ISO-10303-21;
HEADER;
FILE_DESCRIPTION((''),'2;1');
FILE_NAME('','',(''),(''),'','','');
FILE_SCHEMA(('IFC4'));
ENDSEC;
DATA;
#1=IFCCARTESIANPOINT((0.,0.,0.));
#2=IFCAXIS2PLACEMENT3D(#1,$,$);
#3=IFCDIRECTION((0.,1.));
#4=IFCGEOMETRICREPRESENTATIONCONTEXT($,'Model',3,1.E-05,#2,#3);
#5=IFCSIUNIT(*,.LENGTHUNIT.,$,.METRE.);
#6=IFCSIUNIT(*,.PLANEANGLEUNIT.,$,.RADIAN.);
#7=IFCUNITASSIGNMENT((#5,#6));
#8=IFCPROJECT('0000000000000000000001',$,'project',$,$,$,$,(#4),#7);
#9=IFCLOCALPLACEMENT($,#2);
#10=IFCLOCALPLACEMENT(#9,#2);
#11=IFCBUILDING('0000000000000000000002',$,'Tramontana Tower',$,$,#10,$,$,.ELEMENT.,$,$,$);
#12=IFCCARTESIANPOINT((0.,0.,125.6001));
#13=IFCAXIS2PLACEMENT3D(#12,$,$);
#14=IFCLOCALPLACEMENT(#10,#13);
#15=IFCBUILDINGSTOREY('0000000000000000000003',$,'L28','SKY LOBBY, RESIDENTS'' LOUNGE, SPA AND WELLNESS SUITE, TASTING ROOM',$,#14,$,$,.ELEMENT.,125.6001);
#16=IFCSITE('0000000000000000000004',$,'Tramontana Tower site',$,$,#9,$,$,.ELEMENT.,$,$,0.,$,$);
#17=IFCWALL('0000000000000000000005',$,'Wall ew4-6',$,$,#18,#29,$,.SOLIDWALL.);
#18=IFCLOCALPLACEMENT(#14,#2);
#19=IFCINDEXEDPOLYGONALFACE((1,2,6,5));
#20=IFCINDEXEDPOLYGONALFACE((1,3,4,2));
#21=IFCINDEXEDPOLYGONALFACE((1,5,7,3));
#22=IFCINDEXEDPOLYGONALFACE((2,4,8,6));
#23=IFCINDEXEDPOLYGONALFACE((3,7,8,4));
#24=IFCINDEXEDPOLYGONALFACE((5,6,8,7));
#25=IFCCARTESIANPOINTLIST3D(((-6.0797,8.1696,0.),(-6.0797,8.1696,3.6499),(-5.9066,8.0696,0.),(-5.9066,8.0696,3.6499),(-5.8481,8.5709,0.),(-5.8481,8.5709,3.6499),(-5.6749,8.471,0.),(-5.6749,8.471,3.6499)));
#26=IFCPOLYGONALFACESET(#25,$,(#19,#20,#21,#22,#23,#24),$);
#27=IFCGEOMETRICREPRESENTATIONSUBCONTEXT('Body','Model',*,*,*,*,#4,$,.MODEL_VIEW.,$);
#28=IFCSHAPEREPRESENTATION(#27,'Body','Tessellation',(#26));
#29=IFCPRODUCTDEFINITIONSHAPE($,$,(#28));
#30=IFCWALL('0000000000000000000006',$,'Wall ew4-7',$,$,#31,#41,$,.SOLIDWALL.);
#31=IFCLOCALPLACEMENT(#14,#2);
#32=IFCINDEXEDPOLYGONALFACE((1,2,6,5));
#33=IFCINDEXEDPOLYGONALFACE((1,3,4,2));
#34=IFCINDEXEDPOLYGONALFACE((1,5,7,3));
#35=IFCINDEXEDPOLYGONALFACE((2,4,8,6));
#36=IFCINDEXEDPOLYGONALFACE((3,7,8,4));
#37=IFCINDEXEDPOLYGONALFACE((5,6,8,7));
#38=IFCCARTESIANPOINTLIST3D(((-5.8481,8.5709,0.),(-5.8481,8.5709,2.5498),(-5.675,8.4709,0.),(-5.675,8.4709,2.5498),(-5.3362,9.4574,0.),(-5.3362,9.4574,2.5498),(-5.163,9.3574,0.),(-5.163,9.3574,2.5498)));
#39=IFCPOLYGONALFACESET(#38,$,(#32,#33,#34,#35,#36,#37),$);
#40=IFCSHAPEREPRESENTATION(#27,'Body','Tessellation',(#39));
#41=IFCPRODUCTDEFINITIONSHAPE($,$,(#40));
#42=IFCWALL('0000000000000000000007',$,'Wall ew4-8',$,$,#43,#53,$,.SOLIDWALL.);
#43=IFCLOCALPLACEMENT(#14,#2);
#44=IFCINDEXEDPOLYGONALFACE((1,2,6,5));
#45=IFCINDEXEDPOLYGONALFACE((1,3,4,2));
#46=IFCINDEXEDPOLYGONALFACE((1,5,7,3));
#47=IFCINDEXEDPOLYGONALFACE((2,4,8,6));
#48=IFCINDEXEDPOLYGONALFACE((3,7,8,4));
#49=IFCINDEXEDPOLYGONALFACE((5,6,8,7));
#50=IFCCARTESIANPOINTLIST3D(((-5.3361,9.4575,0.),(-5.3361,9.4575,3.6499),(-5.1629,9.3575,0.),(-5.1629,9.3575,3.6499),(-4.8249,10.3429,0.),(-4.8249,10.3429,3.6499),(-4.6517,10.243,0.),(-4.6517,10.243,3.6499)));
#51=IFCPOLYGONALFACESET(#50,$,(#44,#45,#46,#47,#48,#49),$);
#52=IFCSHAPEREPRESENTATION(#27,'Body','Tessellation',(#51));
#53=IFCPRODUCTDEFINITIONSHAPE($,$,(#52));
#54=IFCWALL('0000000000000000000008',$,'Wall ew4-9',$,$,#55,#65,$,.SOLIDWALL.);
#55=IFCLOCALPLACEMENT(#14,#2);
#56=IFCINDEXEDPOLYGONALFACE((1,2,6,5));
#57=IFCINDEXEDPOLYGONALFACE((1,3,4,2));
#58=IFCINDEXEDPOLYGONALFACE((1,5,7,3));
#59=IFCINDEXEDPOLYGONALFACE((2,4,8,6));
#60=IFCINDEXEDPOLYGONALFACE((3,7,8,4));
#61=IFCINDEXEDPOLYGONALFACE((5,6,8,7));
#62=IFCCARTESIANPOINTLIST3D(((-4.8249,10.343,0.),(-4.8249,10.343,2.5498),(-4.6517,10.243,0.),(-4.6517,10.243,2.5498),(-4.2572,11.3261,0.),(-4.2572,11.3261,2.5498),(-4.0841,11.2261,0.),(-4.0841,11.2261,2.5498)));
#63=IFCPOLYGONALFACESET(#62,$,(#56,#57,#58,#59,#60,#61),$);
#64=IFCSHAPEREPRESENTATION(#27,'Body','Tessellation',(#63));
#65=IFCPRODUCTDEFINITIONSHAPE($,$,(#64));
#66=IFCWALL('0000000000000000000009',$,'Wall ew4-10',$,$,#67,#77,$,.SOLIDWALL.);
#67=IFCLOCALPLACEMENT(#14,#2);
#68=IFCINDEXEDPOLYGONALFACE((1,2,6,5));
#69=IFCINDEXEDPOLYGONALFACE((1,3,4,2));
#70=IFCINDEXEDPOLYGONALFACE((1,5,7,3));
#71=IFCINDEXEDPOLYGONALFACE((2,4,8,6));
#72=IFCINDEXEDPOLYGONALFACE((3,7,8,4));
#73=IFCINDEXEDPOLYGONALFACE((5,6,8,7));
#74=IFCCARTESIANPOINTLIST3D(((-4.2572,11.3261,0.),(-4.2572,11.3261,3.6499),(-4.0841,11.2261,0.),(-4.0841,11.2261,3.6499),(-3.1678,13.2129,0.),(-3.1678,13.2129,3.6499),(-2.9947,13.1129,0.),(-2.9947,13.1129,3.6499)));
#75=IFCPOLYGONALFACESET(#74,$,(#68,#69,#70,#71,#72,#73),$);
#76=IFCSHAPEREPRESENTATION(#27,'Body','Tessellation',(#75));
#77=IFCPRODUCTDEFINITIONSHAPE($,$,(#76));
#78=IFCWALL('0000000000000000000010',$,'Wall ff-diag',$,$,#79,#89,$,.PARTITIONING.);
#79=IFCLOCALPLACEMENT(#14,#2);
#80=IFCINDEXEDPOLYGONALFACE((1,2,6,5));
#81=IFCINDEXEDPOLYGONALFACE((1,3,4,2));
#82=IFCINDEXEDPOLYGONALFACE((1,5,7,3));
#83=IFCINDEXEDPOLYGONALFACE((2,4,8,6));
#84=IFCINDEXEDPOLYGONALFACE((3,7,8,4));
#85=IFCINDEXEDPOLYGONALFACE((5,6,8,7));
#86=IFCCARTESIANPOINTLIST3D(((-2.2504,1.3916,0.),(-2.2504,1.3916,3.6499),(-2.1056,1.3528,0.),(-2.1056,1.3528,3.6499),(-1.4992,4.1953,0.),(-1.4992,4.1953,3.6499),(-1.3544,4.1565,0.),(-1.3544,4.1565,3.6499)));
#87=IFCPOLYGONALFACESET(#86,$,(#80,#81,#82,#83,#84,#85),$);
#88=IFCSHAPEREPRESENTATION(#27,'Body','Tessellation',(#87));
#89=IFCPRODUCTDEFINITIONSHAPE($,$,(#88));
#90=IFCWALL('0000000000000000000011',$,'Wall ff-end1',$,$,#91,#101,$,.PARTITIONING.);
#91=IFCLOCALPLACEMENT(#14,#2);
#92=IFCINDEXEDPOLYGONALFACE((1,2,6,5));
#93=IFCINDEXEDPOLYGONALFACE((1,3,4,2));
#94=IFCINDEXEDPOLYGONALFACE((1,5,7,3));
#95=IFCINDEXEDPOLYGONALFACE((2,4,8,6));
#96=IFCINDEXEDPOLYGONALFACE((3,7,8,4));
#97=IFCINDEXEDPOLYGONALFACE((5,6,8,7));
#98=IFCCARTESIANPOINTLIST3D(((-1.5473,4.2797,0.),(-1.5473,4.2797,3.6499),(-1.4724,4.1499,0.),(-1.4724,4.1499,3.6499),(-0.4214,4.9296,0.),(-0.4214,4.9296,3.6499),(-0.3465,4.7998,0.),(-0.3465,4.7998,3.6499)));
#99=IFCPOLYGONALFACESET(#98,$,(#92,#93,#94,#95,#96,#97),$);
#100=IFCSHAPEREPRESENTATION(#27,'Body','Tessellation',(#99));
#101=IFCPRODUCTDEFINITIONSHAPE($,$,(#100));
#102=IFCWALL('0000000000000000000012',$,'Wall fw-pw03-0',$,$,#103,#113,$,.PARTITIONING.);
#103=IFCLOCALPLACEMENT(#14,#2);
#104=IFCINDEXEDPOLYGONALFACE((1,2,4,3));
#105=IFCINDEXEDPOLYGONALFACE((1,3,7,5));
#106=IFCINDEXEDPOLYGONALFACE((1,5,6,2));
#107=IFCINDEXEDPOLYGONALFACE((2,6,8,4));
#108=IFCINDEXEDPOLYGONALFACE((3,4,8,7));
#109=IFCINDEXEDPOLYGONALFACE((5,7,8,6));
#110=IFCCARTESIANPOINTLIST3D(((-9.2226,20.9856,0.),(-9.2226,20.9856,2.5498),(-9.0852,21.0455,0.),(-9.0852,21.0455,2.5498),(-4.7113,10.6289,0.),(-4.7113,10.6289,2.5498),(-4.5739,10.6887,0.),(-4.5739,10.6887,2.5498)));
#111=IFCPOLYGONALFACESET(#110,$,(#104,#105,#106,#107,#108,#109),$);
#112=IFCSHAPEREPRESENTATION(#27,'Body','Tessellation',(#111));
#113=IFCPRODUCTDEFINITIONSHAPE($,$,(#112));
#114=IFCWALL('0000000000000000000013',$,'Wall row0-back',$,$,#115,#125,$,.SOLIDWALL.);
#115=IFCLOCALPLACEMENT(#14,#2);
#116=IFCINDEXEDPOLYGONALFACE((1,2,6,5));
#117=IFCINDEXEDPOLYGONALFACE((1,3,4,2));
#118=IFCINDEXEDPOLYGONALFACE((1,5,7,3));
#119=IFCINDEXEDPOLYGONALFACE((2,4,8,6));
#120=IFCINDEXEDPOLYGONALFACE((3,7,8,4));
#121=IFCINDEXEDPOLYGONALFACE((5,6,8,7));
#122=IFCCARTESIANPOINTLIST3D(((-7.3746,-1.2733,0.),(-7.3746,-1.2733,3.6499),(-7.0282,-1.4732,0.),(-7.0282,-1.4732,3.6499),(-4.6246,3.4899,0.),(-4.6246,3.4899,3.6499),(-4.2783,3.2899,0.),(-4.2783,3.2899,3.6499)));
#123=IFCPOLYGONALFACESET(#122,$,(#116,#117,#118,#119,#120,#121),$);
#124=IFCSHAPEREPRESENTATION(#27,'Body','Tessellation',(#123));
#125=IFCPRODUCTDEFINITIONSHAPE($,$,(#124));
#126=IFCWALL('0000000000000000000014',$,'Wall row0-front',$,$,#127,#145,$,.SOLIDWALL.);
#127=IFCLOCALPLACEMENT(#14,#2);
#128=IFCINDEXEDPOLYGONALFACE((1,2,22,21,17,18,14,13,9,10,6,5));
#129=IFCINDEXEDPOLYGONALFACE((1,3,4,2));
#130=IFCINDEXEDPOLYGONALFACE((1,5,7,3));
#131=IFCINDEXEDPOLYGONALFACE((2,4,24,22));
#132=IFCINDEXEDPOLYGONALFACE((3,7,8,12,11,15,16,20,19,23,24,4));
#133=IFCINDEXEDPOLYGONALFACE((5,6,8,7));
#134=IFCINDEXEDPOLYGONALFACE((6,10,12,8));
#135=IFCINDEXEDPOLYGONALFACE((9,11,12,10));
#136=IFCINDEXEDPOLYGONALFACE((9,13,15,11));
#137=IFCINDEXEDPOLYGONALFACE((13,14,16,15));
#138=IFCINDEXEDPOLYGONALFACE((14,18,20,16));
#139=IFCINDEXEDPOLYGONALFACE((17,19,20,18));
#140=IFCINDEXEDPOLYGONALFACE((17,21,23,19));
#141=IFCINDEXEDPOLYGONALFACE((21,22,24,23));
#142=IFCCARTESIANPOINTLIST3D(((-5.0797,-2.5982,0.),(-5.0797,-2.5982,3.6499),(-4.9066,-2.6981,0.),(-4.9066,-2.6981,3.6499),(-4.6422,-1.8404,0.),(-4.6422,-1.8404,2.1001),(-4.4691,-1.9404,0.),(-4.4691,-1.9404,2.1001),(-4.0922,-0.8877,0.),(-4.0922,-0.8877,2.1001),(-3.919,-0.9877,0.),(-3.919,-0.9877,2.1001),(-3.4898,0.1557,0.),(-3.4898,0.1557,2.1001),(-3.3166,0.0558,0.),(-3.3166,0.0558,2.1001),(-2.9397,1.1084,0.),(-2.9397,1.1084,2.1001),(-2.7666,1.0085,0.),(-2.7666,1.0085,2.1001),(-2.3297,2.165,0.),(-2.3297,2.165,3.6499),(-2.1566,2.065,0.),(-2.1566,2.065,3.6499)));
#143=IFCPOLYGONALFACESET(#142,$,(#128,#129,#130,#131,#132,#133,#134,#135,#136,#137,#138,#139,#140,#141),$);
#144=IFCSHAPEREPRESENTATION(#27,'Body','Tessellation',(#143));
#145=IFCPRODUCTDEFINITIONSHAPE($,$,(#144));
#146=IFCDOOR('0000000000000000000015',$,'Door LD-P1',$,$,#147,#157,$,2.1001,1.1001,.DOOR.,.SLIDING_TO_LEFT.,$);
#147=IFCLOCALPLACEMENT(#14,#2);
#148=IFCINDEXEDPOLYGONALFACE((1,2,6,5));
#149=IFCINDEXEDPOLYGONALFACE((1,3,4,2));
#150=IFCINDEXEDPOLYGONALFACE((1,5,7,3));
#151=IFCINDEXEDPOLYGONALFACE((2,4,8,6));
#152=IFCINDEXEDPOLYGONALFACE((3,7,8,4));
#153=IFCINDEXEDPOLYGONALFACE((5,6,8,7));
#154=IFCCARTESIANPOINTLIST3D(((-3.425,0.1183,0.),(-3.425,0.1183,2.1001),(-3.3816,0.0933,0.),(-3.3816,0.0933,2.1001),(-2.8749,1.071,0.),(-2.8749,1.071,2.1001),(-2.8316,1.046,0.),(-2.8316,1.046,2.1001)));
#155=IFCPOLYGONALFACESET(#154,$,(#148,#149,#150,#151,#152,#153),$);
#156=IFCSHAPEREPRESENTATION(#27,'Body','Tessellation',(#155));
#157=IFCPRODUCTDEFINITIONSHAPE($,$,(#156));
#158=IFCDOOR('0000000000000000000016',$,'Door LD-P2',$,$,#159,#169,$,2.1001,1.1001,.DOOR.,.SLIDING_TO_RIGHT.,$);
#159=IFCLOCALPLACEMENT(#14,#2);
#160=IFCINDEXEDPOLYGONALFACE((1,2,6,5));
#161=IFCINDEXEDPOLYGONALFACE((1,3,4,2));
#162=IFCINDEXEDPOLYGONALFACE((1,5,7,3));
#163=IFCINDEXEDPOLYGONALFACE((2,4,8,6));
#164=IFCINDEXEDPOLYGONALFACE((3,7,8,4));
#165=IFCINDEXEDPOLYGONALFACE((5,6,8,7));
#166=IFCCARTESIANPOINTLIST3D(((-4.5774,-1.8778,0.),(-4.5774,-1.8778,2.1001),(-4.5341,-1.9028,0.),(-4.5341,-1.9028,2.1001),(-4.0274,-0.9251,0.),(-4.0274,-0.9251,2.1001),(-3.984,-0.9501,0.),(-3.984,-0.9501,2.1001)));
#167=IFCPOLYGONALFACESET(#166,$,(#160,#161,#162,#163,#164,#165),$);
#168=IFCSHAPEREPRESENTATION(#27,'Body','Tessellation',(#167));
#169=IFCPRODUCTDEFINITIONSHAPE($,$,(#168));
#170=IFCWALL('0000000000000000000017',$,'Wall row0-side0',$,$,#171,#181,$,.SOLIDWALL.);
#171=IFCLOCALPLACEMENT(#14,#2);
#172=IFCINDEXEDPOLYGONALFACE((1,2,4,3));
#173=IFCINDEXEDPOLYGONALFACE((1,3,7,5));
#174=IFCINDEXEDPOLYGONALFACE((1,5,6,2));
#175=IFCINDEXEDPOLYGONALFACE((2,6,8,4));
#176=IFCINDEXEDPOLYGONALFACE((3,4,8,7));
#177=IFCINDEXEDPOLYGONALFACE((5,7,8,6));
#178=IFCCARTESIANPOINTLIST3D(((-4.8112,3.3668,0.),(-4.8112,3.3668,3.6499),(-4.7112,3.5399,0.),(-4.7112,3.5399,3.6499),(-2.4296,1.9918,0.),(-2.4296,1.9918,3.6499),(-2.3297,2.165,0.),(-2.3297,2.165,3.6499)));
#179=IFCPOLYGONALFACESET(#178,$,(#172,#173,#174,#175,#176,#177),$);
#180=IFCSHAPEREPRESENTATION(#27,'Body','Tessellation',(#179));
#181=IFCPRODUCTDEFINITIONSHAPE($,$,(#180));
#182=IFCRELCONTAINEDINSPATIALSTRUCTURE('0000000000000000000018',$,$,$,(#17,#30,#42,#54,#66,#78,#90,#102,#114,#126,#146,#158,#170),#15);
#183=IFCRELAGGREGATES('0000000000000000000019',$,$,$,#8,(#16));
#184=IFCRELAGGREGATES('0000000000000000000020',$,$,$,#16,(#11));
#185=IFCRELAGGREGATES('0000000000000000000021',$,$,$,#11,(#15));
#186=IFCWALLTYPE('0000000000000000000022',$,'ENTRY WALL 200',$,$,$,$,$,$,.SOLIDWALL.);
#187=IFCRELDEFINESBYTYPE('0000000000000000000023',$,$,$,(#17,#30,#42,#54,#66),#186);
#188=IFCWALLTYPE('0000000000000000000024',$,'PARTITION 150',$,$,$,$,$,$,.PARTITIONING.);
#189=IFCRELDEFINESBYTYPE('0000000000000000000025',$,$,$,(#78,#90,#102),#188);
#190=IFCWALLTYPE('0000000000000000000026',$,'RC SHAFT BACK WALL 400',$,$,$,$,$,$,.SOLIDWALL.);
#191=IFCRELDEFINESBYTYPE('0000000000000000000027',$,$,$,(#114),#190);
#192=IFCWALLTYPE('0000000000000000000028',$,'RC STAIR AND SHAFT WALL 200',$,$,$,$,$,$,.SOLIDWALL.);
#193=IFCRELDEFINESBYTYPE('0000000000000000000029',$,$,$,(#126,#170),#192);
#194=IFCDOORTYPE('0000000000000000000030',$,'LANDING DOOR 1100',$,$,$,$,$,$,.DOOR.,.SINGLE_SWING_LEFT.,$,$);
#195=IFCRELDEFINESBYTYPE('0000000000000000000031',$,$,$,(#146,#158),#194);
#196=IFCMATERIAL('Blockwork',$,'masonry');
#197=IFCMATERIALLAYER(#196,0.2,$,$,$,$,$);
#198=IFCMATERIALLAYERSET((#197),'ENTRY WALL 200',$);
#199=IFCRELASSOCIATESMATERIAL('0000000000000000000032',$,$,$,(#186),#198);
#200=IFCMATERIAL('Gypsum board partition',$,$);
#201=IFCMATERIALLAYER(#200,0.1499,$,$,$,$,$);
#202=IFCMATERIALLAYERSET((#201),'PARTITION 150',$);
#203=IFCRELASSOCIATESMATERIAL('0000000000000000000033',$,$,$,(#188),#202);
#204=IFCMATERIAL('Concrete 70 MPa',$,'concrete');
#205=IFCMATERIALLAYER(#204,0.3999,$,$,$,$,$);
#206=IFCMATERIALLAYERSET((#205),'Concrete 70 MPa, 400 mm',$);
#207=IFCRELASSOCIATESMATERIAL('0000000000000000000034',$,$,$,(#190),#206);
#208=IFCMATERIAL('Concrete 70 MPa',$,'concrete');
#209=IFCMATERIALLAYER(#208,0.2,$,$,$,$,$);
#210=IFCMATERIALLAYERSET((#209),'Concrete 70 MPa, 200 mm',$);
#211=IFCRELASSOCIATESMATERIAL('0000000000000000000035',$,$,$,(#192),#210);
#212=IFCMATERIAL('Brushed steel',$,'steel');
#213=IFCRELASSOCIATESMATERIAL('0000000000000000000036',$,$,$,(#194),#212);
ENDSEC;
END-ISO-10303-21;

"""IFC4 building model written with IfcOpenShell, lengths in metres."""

from ifc_helpers import new_model, si_unit, direction, frame, frame_2d, origin, place, context, subcontext, project, spatial, rectangle, extrude, material, layer, layer_set, type_object, element, fill, save


model = new_model("IFC4")

# Units and contexts
model_context = context("Model", 3, precision=1e-05, world=origin(), true_north=direction((0.0, 1.0)))
body_context = subcontext(model_context, "Body", "Model", "MODEL_VIEW")
ifc_project = project(units=[si_unit("LENGTHUNIT", "METRE"), si_unit("PLANEANGLEUNIT", "RADIAN")], contexts=[model_context])

# Site, building, storey
site_placement = place(None, origin())
site = spatial("IfcSite", under=ifc_project, at=site_placement, Name="Tramontana Tower site", CompositionType="ELEMENT", RefElevation=0.0)
building_placement = place(site_placement, origin())
building = spatial("IfcBuilding", under=site, at=building_placement, Name="Tramontana Tower", CompositionType="ELEMENT")
storey_placement = place(building_placement, frame((0.0, 0.0, 125.6001)))
storey = spatial("IfcBuildingStorey", under=building, at=storey_placement, Name="L28", Description="SKY LOBBY, RESIDENTS' LOUNGE, SPA AND WELLNESS SUITE, TASTING ROOM", CompositionType="ELEMENT", Elevation=125.6001)

# Shared definitions
ifc_material_1 = material(Name="Blockwork", Category="masonry")
ifc_layer_1 = layer(ifc_material_1, 0.2)
ifc_layer_set_1 = layer_set([ifc_layer_1], Name="ENTRY WALL 200")
wall_type_1 = type_object("IfcWallType", Name="ENTRY WALL 200", PredefinedType="SOLIDWALL", material=ifc_layer_set_1)

# Walls
wall_1_placement = place(storey_placement, frame((-5.9932, 8.1196, 0.0), z_axis=(0.0, 0.0, 1.0), x_axis=(0.499935, 0.866063, 0.0)))
element("IfcWall", 1, at=wall_1_placement, inside=storey, type_object=wall_type_1, Name="Wall ew4-6", PredefinedType="SOLIDWALL", context=body_context, shape_type="SweptSolid", body=[
    extrude(rectangle(XDim=0.4634, YDim=0.2, at=frame_2d((0.2317, 0.0))), origin(), (0.0, 0.0, 1.0), 3.6499),
])
wall_2_placement = place(storey_placement, frame((-5.7615, 8.521, 0.0), z_axis=(0.0, 0.0, 1.0), x_axis=(0.500115, 0.865959, 0.0)))
element("IfcWall", 2, at=wall_2_placement, inside=storey, type_object=wall_type_1, Name="Wall ew4-7", PredefinedType="SOLIDWALL", context=body_context, shape_type="SweptSolid", body=[
    extrude(rectangle(XDim=1.0237, YDim=0.2, at=frame_2d((0.5117, 0.0))), origin(), (0.0, 0.0, 1.0), 2.5498),
])
wall_3_placement = place(storey_placement, frame((-5.2495, 9.4075, 0.0), z_axis=(0.0, 0.0, 1.0), x_axis=(0.499991, 0.866031, 0.0)))
element("IfcWall", 3, at=wall_3_placement, inside=storey, type_object=wall_type_1, Name="Wall ew4-8", PredefinedType="SOLIDWALL", context=body_context, shape_type="SweptSolid", body=[
    extrude(rectangle(XDim=1.0225, YDim=0.2, at=frame_2d((0.5112, 0.0))), origin(), (0.0, 0.0, 1.0), 3.6499),
])
wall_4_placement = place(storey_placement, frame((-4.7383, 10.293, 0.0), z_axis=(0.0, 0.0, 1.0), x_axis=(0.500002, 0.866024, 0.0)))
element("IfcWall", 4, at=wall_4_placement, inside=storey, type_object=wall_type_1, Name="Wall ew4-9", PredefinedType="SOLIDWALL", context=body_context, shape_type="SweptSolid", body=[
    extrude(rectangle(XDim=1.1353, YDim=0.2, at=frame_2d((0.5676, 0.0))), origin(), (0.0, 0.0, 1.0), 2.5498),
])
wall_5_placement = place(storey_placement, frame((-4.1707, 11.2761, 0.0), z_axis=(0.0, 0.0, 1.0), x_axis=(0.50002, 0.866014, 0.0)))
element("IfcWall", 5, at=wall_5_placement, inside=storey, type_object=wall_type_1, Name="Wall ew4-10", PredefinedType="SOLIDWALL", context=body_context, shape_type="SweptSolid", body=[
    extrude(rectangle(XDim=2.1787, YDim=0.2, at=frame_2d((1.0894, 0.0))), origin(), (0.0, 0.0, 1.0), 3.6499),
])
ifc_material_2 = material(Name="Gypsum board partition")
ifc_layer_2 = layer(ifc_material_2, 0.1499)
ifc_layer_set_2 = layer_set([ifc_layer_2], Name="PARTITION 150")
wall_type_2 = type_object("IfcWallType", Name="PARTITION 150", PredefinedType="PARTITIONING", material=ifc_layer_set_2)
wall_6_placement = place(storey_placement, frame((-2.178, 1.3723, 0.0), z_axis=(0.0, 0.0, 1.0), x_axis=(0.258809, 0.965929, 0.0)))
element("IfcWall", 6, at=wall_6_placement, inside=storey, type_object=wall_type_2, Name="Wall ff-diag", PredefinedType="PARTITIONING", context=body_context, shape_type="SweptSolid", body=[
    extrude(rectangle(XDim=2.9026, YDim=0.1499, at=frame_2d((1.4512, 0.0))), origin(), (0.0, 0.0, 1.0), 3.6499),
])
wall_7_placement = place(storey_placement, frame((-1.5098, 4.2148, 0.0), z_axis=(0.0, 0.0, 1.0), x_axis=(0.866086, 0.499896, 0.0)))
element("IfcWall", 7, at=wall_7_placement, inside=storey, type_object=wall_type_2, Name="Wall ff-end1", PredefinedType="PARTITIONING", context=body_context, shape_type="SweptSolid", body=[
    extrude(rectangle(XDim=1.3, YDim=0.1499, at=frame_2d((0.6499, 0.0))), origin(), (0.0, 0.0, 1.0), 3.6499),
])
wall_8_placement = place(storey_placement, frame((-4.6426, 10.6587, 0.0), z_axis=(0.0, 0.0, 1.0), x_axis=(-0.399346, 0.9168, 0.0)))
element("IfcWall", 8, at=wall_8_placement, inside=storey, type_object=wall_type_2, Name="Wall fw-pw03-0", PredefinedType="PARTITIONING", context=body_context, shape_type="SweptSolid", body=[
    extrude(rectangle(XDim=11.2966, YDim=0.1499, at=frame_2d((5.6484, 0.0))), origin(), (0.0, 0.0, 1.0), 2.5498),
])
ifc_material_3 = material(Name="Concrete 70 MPa", Category="concrete")
ifc_layer_3 = layer(ifc_material_3, 0.3999)
ifc_layer_set_3 = layer_set([ifc_layer_3], Name="Concrete 70 MPa, 400 mm")
wall_type_3 = type_object("IfcWallType", Name="RC SHAFT BACK WALL 400", PredefinedType="SOLIDWALL", material=ifc_layer_set_3)
wall_9_placement = place(storey_placement, frame((-4.4514, 3.3899, 0.0), z_axis=(0.0, 0.0, 1.0), x_axis=(-0.499997, -0.866027, 0.0)))
element("IfcWall", 9, at=wall_9_placement, inside=storey, type_object=wall_type_3, Name="Wall row0-back", PredefinedType="SOLIDWALL", context=body_context, shape_type="SweptSolid", body=[
    extrude(rectangle(XDim=5.5, YDim=0.3999, at=frame_2d((2.75, 0.0))), origin(), (0.0, 0.0, 1.0), 3.6499),
])

# Shared definitions
ifc_material_4 = material(Name="Concrete 70 MPa", Category="concrete")
ifc_layer_4 = layer(ifc_material_4, 0.2)
ifc_layer_set_4 = layer_set([ifc_layer_4], Name="Concrete 70 MPa, 200 mm")
wall_type_4 = type_object("IfcWallType", Name="RC STAIR AND SHAFT WALL 200", PredefinedType="SOLIDWALL", material=ifc_layer_set_4)

# Wall, openings, doors
wall_10_placement = place(storey_placement, frame((-2.2432, 2.115, 0.0), z_axis=(0.0, 0.0, 1.0), x_axis=(-0.499997, -0.866027, 0.0)))
wall_10 = element("IfcWall", 10, at=wall_10_placement, inside=storey, type_object=wall_type_4, Name="Wall row0-front", PredefinedType="SOLIDWALL", context=body_context, shape_type="SweptSolid", body=[
    extrude(rectangle(XDim=5.5, YDim=0.2, at=frame_2d((2.75, 0.0))), origin(), (0.0, 0.0, 1.0), 3.6499),
])
opening_1_placement = place(wall_10_placement, frame((1.22, 0.0, 0.0)))
opening_1 = element("IfcOpeningElement", 11, at=opening_1_placement, cuts=wall_10, PredefinedType="OPENING", context=body_context, shape_type="SweptSolid", body=[
    extrude(rectangle(XDim=1.1001, YDim=2.1001, at=frame_2d((0.55, 1.05))), frame((0.0, 0.1099, 0.0), z_axis=(0.0, -1.0, 0.0), x_axis=(1.0, 0.0, 0.0)), (0.0, 0.0, 1.0), 0.22),
])
opening_2_placement = place(wall_10_placement, frame((3.5249, 0.0, 0.0)))
opening_2 = element("IfcOpeningElement", 12, at=opening_2_placement, cuts=wall_10, PredefinedType="OPENING", context=body_context, shape_type="SweptSolid", body=[
    extrude(rectangle(XDim=1.1001, YDim=2.1001, at=frame_2d((0.55, 1.05))), frame((0.0, 0.1099, 0.0), z_axis=(0.0, -1.0, 0.0), x_axis=(1.0, 0.0, 0.0)), (0.0, 0.0, 1.0), 0.22),
])
ifc_material_5 = material(Name="Brushed steel", Category="steel")
door_type_1 = type_object("IfcDoorType", Name="LANDING DOOR 1100", OperationType="SINGLE_SWING_LEFT", PredefinedType="DOOR", material=ifc_material_5)
door_1_placement = place(opening_1_placement, origin())
door_1 = element("IfcDoor", 13, at=door_1_placement, inside=storey, type_object=door_type_1, Name="Door LD-P1", OperationType="SLIDING_TO_LEFT", OverallHeight=2.1001, OverallWidth=1.1001, PredefinedType="DOOR", context=body_context, shape_type="SweptSolid", body=[
    extrude(rectangle(XDim=1.1001, YDim=2.1001, at=frame_2d((0.55, 1.05))), frame((0.0, 0.0249, 0.0), z_axis=(0.0, -1.0, 0.0), x_axis=(1.0, 0.0, 0.0)), (0.0, 0.0, 1.0), 0.05),
])
fill(opening_1, door_1)
door_2_placement = place(opening_2_placement, origin())
door_2 = element("IfcDoor", 14, at=door_2_placement, inside=storey, type_object=door_type_1, Name="Door LD-P2", OperationType="SLIDING_TO_RIGHT", OverallHeight=2.1001, OverallWidth=1.1001, PredefinedType="DOOR", context=body_context, shape_type="SweptSolid", body=[
    extrude(rectangle(XDim=1.1001, YDim=2.1001, at=frame_2d((0.55, 1.05))), frame((0.0, 0.0249, 0.0), z_axis=(0.0, -1.0, 0.0), x_axis=(1.0, 0.0, 0.0)), (0.0, 0.0, 1.0), 0.05),
])
fill(opening_2, door_2)

# Wall
for number, where, z_axis, x_axis, name in (
    (15, (-2.3796, 2.0784, 0.0), (0.0, 0.0, 1.0), (-0.866027, 0.499997, 0.0), "Wall row0-side0"),
):
    element("IfcWall", number, at=place(storey_placement, frame(where, z_axis=z_axis, x_axis=x_axis)), inside=storey, type_object=wall_type_4, Name=name, PredefinedType="SOLIDWALL", context=body_context, shape_type="SweptSolid", body=[
        extrude(rectangle(XDim=2.75, YDim=0.2, at=frame_2d((1.375, 0.0))), origin(), (0.0, 0.0, 1.0), 3.6499),
    ])

save(model, "model.ifc")
